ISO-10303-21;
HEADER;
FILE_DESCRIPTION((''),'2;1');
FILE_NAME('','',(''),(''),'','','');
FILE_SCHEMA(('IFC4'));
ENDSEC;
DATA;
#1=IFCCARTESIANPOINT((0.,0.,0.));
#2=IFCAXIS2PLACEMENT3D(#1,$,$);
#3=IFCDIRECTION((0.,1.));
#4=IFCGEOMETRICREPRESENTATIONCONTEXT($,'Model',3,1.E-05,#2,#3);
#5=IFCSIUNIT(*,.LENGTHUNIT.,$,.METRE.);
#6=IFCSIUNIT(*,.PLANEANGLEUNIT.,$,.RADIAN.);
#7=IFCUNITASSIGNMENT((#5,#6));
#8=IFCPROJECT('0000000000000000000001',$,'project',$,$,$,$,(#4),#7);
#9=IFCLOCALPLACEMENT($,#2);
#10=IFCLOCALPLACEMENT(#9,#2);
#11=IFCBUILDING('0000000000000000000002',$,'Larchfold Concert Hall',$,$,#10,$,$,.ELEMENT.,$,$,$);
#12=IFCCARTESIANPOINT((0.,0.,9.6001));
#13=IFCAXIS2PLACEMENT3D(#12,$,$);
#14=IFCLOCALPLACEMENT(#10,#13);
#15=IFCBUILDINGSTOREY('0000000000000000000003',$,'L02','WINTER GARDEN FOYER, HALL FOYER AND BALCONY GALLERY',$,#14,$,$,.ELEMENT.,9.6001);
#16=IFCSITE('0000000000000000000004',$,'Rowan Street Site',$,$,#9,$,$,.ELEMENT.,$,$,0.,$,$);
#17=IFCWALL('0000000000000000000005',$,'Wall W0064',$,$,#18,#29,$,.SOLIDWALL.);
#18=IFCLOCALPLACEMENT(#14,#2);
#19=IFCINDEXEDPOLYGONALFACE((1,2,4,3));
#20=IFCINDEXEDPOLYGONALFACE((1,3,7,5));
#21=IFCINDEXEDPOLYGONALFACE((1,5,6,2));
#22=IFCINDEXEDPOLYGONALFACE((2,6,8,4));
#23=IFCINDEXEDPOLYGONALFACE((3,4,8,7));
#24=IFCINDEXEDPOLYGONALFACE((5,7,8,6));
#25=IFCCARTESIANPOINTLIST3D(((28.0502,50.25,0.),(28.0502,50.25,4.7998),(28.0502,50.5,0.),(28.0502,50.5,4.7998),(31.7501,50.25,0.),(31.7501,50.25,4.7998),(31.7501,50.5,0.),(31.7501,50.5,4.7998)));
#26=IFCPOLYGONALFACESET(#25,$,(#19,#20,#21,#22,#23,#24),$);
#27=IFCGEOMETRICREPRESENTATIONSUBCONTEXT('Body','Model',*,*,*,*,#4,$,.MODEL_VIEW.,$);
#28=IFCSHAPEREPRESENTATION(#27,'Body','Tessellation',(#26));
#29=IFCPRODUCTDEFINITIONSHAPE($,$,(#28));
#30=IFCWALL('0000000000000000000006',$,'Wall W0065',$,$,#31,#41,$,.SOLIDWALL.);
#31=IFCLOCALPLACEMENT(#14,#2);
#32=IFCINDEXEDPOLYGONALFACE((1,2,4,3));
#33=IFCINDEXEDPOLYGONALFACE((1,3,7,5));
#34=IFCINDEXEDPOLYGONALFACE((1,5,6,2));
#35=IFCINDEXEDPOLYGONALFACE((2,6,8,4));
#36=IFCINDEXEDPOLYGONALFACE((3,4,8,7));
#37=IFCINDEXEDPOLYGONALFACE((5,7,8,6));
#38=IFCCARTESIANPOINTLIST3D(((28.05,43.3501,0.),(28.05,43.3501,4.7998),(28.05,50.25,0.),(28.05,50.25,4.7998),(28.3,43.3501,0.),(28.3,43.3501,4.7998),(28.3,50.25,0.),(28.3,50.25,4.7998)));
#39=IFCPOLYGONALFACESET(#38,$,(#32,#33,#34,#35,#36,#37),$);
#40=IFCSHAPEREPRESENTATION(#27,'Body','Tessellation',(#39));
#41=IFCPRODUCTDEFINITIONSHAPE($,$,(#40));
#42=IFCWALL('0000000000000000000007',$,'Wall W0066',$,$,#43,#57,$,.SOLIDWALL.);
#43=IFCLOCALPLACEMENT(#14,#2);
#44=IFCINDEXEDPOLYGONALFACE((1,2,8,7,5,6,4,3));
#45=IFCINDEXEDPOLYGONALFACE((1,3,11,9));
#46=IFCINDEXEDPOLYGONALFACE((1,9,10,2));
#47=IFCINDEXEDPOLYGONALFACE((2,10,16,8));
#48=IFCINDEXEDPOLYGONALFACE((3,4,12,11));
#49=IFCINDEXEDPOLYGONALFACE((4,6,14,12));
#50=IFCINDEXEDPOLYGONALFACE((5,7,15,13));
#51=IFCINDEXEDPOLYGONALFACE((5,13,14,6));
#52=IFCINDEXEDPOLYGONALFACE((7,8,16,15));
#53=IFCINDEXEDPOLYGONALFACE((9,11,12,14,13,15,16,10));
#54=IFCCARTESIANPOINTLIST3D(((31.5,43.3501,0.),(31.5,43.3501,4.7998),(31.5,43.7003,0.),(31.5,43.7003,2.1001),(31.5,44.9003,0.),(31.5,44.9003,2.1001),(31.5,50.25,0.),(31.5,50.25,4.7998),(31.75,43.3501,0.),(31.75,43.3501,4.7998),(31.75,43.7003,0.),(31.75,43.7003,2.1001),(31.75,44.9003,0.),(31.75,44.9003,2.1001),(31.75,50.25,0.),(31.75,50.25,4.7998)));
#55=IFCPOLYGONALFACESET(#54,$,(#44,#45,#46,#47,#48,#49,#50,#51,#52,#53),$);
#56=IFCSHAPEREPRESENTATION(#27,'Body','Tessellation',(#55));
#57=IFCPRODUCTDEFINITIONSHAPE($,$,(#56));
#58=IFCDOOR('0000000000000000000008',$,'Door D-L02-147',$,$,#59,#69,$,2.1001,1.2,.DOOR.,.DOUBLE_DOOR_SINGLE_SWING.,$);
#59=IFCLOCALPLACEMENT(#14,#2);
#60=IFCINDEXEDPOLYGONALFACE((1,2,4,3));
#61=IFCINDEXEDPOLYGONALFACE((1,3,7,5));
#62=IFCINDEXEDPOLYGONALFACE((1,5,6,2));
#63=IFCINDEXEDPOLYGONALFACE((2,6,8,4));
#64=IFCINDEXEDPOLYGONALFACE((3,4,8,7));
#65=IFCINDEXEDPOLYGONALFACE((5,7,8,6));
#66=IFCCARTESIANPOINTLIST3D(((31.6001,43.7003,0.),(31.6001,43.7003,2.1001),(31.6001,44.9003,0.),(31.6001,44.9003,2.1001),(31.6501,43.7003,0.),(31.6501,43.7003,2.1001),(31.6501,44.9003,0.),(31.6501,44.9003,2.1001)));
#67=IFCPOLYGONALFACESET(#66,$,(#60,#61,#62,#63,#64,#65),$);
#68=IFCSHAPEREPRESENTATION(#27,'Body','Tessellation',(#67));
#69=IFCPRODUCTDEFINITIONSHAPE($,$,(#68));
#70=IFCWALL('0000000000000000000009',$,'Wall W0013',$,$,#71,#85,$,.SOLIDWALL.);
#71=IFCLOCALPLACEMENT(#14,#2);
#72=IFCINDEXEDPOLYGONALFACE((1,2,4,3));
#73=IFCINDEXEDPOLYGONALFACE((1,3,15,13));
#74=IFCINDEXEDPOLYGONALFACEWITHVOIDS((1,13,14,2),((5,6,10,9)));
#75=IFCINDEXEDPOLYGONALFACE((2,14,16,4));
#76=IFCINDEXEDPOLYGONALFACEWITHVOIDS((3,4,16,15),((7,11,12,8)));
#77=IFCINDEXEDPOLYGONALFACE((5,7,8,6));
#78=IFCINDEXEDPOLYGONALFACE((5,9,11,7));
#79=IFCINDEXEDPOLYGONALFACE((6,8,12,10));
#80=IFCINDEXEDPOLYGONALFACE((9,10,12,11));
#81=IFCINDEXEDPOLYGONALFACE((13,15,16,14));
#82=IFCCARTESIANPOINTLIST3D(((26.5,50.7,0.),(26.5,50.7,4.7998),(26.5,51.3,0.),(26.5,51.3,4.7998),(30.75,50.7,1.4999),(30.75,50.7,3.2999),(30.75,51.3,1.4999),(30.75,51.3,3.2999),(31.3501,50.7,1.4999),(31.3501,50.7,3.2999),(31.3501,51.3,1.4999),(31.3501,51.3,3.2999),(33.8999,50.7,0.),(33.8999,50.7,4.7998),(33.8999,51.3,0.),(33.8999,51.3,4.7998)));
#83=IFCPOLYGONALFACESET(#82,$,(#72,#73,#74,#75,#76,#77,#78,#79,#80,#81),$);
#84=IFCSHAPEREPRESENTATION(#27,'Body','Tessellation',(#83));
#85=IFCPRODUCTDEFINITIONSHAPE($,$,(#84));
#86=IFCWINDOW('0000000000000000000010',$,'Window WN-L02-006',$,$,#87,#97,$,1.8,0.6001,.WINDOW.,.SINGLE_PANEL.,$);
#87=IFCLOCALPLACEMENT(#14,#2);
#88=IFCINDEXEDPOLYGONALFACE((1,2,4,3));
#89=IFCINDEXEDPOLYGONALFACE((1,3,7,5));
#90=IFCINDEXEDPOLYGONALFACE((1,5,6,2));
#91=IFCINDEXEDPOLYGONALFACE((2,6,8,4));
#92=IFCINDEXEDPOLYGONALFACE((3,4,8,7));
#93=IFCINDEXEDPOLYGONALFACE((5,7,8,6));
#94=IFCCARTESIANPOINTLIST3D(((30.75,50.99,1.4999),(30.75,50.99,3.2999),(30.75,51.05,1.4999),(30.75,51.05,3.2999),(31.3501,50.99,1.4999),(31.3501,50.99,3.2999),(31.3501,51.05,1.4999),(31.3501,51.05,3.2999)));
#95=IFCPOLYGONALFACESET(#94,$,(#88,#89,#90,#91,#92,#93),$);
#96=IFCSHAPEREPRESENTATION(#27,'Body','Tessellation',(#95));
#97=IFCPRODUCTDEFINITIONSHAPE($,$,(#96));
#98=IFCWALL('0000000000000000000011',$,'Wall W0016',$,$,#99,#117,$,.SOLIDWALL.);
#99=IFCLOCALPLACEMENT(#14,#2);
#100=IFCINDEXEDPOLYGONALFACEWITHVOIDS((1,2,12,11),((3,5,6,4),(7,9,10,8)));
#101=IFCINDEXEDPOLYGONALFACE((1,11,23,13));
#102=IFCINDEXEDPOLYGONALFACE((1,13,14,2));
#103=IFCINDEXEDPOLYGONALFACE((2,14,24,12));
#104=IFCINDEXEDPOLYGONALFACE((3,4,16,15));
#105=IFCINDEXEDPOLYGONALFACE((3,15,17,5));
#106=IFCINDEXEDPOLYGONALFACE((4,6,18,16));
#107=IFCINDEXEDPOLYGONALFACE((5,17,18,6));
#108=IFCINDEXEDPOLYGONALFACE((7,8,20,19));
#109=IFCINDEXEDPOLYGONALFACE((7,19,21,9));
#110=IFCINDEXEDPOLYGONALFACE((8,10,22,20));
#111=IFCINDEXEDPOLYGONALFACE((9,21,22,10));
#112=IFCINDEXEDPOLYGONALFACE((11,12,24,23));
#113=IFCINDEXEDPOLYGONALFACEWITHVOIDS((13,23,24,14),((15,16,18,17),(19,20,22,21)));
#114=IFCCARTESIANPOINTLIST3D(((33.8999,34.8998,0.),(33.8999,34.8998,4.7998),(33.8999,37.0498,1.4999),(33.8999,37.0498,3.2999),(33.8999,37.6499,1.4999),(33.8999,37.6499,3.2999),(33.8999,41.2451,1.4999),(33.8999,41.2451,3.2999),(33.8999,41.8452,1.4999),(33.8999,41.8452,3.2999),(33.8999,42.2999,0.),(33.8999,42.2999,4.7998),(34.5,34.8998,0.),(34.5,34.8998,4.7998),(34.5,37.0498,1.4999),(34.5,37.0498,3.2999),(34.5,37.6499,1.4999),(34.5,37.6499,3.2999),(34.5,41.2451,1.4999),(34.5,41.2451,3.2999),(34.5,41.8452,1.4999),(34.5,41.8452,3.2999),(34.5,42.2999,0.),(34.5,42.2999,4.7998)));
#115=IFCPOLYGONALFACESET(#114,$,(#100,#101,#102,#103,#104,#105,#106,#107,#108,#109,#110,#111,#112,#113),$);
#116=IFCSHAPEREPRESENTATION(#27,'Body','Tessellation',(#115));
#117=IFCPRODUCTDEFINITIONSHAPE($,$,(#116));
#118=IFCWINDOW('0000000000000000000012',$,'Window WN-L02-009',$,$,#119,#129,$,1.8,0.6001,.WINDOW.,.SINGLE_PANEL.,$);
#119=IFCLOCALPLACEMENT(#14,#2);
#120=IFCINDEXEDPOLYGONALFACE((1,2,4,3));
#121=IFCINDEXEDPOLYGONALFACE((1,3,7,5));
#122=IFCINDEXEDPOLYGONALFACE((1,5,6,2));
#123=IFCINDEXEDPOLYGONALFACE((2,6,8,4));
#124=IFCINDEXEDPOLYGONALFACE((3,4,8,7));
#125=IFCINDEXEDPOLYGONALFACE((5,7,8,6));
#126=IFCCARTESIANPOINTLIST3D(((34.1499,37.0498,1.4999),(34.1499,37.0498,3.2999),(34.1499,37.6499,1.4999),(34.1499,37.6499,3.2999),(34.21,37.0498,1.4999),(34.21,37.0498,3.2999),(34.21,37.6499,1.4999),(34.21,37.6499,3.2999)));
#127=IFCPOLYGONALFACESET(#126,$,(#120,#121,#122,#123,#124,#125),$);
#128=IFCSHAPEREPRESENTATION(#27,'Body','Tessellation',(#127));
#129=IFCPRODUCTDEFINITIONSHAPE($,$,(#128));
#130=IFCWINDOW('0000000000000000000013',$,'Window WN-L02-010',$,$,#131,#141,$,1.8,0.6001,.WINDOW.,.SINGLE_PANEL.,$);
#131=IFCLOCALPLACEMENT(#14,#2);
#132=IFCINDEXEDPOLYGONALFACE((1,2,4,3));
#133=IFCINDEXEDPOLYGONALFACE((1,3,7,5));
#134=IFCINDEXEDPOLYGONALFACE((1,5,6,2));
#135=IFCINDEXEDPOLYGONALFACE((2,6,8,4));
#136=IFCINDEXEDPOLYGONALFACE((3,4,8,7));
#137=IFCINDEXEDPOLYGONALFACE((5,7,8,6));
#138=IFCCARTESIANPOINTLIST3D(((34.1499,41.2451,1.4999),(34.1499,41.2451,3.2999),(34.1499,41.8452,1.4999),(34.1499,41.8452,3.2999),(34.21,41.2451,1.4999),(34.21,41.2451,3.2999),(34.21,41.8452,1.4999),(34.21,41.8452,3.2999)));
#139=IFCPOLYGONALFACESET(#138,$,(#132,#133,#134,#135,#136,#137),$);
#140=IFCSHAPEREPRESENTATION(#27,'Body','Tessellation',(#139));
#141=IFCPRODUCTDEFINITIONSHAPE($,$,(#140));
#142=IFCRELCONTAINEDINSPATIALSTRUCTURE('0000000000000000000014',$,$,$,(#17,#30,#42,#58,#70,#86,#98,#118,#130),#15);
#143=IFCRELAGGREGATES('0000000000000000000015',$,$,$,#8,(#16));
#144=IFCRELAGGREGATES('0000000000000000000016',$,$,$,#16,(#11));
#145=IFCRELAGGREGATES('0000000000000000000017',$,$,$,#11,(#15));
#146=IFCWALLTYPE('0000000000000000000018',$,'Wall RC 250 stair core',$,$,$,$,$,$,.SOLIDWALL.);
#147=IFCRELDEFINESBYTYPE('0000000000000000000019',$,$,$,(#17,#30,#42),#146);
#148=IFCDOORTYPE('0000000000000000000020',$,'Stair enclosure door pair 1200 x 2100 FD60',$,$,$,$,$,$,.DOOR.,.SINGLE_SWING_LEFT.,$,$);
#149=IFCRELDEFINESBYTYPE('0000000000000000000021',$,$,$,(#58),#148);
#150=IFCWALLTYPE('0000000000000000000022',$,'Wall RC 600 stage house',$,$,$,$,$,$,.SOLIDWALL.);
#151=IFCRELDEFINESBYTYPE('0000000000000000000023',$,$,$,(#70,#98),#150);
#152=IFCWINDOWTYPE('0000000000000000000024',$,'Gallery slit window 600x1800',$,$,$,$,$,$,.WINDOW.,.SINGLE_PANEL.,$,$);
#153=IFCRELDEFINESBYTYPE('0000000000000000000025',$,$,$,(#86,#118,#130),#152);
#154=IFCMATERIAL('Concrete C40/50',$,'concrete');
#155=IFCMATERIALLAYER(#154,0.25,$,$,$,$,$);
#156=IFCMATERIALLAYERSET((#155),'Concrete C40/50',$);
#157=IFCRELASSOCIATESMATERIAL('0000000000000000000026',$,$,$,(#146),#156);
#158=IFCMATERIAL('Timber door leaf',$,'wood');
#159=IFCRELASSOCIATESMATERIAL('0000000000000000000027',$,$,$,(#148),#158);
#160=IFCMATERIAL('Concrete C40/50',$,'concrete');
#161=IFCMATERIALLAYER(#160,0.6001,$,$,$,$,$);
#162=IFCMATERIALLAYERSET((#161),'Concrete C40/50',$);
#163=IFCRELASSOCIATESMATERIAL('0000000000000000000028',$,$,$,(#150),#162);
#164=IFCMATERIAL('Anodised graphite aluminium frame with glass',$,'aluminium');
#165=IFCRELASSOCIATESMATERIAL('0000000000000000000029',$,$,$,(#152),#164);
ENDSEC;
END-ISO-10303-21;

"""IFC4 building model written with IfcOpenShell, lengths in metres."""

from ifc_helpers import new_model, si_unit, direction, frame, frame_2d, origin, place, context, subcontext, project, spatial, rectangle, extrude, material, layer, layer_set, type_object, element, fill, save


model = new_model("IFC4")

# Units and contexts
model_context = context("Model", 3, precision=1e-05, world=origin(), true_north=direction((0.0, 1.0)))
body_context = subcontext(model_context, "Body", "Model", "MODEL_VIEW")
ifc_project = project(units=[si_unit("LENGTHUNIT", "METRE"), si_unit("PLANEANGLEUNIT", "RADIAN")], contexts=[model_context])

# Site, building, storey
site_placement = place(None, origin())
site = spatial("IfcSite", under=ifc_project, at=site_placement, Name="Rowan Street Site", CompositionType="ELEMENT", RefElevation=0.0)
building_placement = place(site_placement, origin())
building = spatial("IfcBuilding", under=site, at=building_placement, Name="Larchfold Concert Hall", CompositionType="ELEMENT")
storey_placement = place(building_placement, frame((0.0, 0.0, 9.6001)))
storey = spatial("IfcBuildingStorey", under=building, at=storey_placement, Name="L02", Description="WINTER GARDEN FOYER, HALL FOYER AND BALCONY GALLERY", CompositionType="ELEMENT", Elevation=9.6001)

# Walls
ifc_material_1 = material(Name="Concrete C40/50", Category="concrete")
ifc_layer_1 = layer(ifc_material_1, 0.25)
ifc_layer_set_1 = layer_set([ifc_layer_1], Name="Concrete C40/50")
wall_type_1 = type_object("IfcWallType", Name="Wall RC 250 stair core", PredefinedType="SOLIDWALL", material=ifc_layer_set_1)
wall_1_placement = place(storey_placement, frame((28.05, 50.375, 0.0), z_axis=(0.0, 0.0, 1.0), x_axis=(1.0, 0.0, 0.0)))
element("IfcWall", 1, at=wall_1_placement, inside=storey, type_object=wall_type_1, Name="Wall W0064", PredefinedType="SOLIDWALL", context=body_context, shape_type="SweptSolid", body=[
    extrude(rectangle(XDim=3.7, YDim=0.25, at=frame_2d((1.8501, 0.0))), origin(), (0.0, 0.0, 1.0), 4.7998),
])
wall_2_placement = place(storey_placement, frame((28.175, 43.3501, 0.0), z_axis=(0.0, 0.0, 1.0), x_axis=(0.0, 1.0, 0.0)))
element("IfcWall", 2, at=wall_2_placement, inside=storey, type_object=wall_type_1, Name="Wall W0065", PredefinedType="SOLIDWALL", context=body_context, shape_type="SweptSolid", body=[
    extrude(rectangle(XDim=6.8999, YDim=0.25, at=frame_2d((3.45, 0.0))), origin(), (0.0, 0.0, 1.0), 4.7998),
])

# Wall, opening, door
wall_3_placement = place(storey_placement, frame((31.625, 43.3501, 0.0), z_axis=(0.0, 0.0, 1.0), x_axis=(0.0, 1.0, 0.0)))
wall_3 = element("IfcWall", 3, at=wall_3_placement, inside=storey, type_object=wall_type_1, Name="Wall W0066", PredefinedType="SOLIDWALL", context=body_context, shape_type="SweptSolid", body=[
    extrude(rectangle(XDim=6.8999, YDim=0.25, at=frame_2d((3.45, 0.0))), origin(), (0.0, 0.0, 1.0), 4.7998),
])
opening_1_placement = place(wall_3_placement, frame((0.3501, 0.0, 0.0)))
opening_1 = element("IfcOpeningElement", 4, at=opening_1_placement, cuts=wall_3, PredefinedType="OPENING", context=body_context, shape_type="SweptSolid", body=[
    extrude(rectangle(XDim=1.2, YDim=2.1001, at=frame_2d((0.6001, 1.05))), frame((0.0, 0.135, 0.0), z_axis=(0.0, -1.0, 0.0), x_axis=(1.0, 0.0, 0.0)), (0.0, 0.0, 1.0), 0.27),
])
ifc_material_2 = material(Name="Timber door leaf", Category="wood")
door_type = type_object("IfcDoorType", Name="Stair enclosure door pair 1200 x 2100 FD60", OperationType="SINGLE_SWING_LEFT", PredefinedType="DOOR", material=ifc_material_2)
door_placement = place(opening_1_placement, origin())
door = element("IfcDoor", 5, at=door_placement, inside=storey, type_object=door_type, Name="Door D-L02-147", OperationType="DOUBLE_DOOR_SINGLE_SWING", OverallHeight=2.1001, OverallWidth=1.2, PredefinedType="DOOR", context=body_context, shape_type="SweptSolid", body=[
    extrude(rectangle(XDim=1.2, YDim=2.1001, at=frame_2d((0.6001, 1.05))), frame((0.0, 0.0249, 0.0), z_axis=(0.0, -1.0, 0.0), x_axis=(1.0, 0.0, 0.0)), (0.0, 0.0, 1.0), 0.05),
])
fill(opening_1, door)

# Wall, opening, window
ifc_material_3 = material(Name="Concrete C40/50", Category="concrete")
ifc_layer_2 = layer(ifc_material_3, 0.6001)
ifc_layer_set_2 = layer_set([ifc_layer_2], Name="Concrete C40/50")
wall_type_2 = type_object("IfcWallType", Name="Wall RC 600 stage house", PredefinedType="SOLIDWALL", material=ifc_layer_set_2)
wall_4_placement = place(storey_placement, frame((33.8999, 51.0, 0.0), z_axis=(0.0, 0.0, 1.0), x_axis=(-1.0, 0.0, 0.0)))
wall_4 = element("IfcWall", 6, at=wall_4_placement, inside=storey, type_object=wall_type_2, Name="Wall W0013", PredefinedType="SOLIDWALL", context=body_context, shape_type="SweptSolid", body=[
    extrude(rectangle(XDim=7.3999, YDim=0.6001, at=frame_2d((3.7, 0.0))), origin(), (0.0, 0.0, 1.0), 4.7998),
])
opening_2_placement = place(wall_4_placement, frame((2.5498, 0.0, 1.5)))
opening_2 = element("IfcOpeningElement", 7, at=opening_2_placement, cuts=wall_4, PredefinedType="OPENING", context=body_context, shape_type="SweptSolid", body=[
    extrude(rectangle(XDim=0.6001, YDim=1.8, at=frame_2d((0.3, 0.8999))), frame((0.0, 0.3101, 0.0), z_axis=(0.0, -1.0, 0.0), x_axis=(1.0, 0.0, 0.0)), (0.0, 0.0, 1.0), 0.6201),
])
ifc_material_4 = material(Name="Anodised graphite aluminium frame with glass", Category="aluminium")
window_type = type_object("IfcWindowType", Name="Gallery slit window 600x1800", PartitioningType="SINGLE_PANEL", PredefinedType="WINDOW", material=ifc_material_4)
window_1_placement = place(opening_2_placement, origin())
window_1 = element("IfcWindow", 8, at=window_1_placement, inside=storey, type_object=window_type, Name="Window WN-L02-006", OverallHeight=1.8, OverallWidth=0.6001, PartitioningType="SINGLE_PANEL", PredefinedType="WINDOW", context=body_context, shape_type="SweptSolid", body=[
    extrude(rectangle(XDim=0.6001, YDim=1.8, at=frame_2d((0.3, 0.8999))), frame((0.0, 0.01, 0.0), z_axis=(0.0, -1.0, 0.0), x_axis=(1.0, 0.0, 0.0)), (0.0, 0.0, 1.0), 0.0601),
])
fill(opening_2, window_1)

# Wall, openings, windows
wall_5_placement = place(storey_placement, frame((34.2, 42.3, 0.0), z_axis=(0.0, 0.0, 1.0), x_axis=(0.0, -1.0, 0.0)))
wall_5 = element("IfcWall", 9, at=wall_5_placement, inside=storey, type_object=wall_type_2, Name="Wall W0016", PredefinedType="SOLIDWALL", context=body_context, shape_type="SweptSolid", body=[
    extrude(rectangle(XDim=7.4001, YDim=0.6001, at=frame_2d((3.7002, 0.0))), origin(), (0.0, 0.0, 1.0), 4.7998),
])
opening_3_placement = place(wall_5_placement, frame((4.6501, 0.0, 1.5)))
opening_3 = element("IfcOpeningElement", 10, at=opening_3_placement, cuts=wall_5, PredefinedType="OPENING", context=body_context, shape_type="SweptSolid", body=[
    extrude(rectangle(XDim=0.6001, YDim=1.8, at=frame_2d((0.3, 0.8999))), frame((0.0, 0.3101, 0.0), z_axis=(0.0, -1.0, 0.0), x_axis=(1.0, 0.0, 0.0)), (0.0, 0.0, 1.0), 0.6201),
])
opening_4_placement = place(wall_5_placement, frame((0.4548, 0.0, 1.5)))
opening_4 = element("IfcOpeningElement", 11, at=opening_4_placement, cuts=wall_5, PredefinedType="OPENING", context=body_context, shape_type="SweptSolid", body=[
    extrude(rectangle(XDim=0.6001, YDim=1.8, at=frame_2d((0.3, 0.8999))), frame((0.0, 0.3101, 0.0), z_axis=(0.0, -1.0, 0.0), x_axis=(1.0, 0.0, 0.0)), (0.0, 0.0, 1.0), 0.6201),
])
window_2_placement = place(opening_3_placement, origin())
window_2 = element("IfcWindow", 12, at=window_2_placement, inside=storey, type_object=window_type, Name="Window WN-L02-009", OverallHeight=1.8, OverallWidth=0.6001, PartitioningType="SINGLE_PANEL", PredefinedType="WINDOW", context=body_context, shape_type="SweptSolid", body=[
    extrude(rectangle(XDim=0.6001, YDim=1.8, at=frame_2d((0.3, 0.8999))), frame((0.0, 0.01, 0.0), z_axis=(0.0, -1.0, 0.0), x_axis=(1.0, 0.0, 0.0)), (0.0, 0.0, 1.0), 0.0601),
])
fill(opening_3, window_2)
window_3_placement = place(opening_4_placement, origin())
window_3 = element("IfcWindow", 13, at=window_3_placement, inside=storey, type_object=window_type, Name="Window WN-L02-010", OverallHeight=1.8, OverallWidth=0.6001, PartitioningType="SINGLE_PANEL", PredefinedType="WINDOW", context=body_context, shape_type="SweptSolid", body=[
    extrude(rectangle(XDim=0.6001, YDim=1.8, at=frame_2d((0.3, 0.8999))), frame((0.0, 0.01, 0.0), z_axis=(0.0, -1.0, 0.0), x_axis=(1.0, 0.0, 0.0)), (0.0, 0.0, 1.0), 0.0601),
])
fill(opening_4, window_3)

save(model, "model.ifc")
